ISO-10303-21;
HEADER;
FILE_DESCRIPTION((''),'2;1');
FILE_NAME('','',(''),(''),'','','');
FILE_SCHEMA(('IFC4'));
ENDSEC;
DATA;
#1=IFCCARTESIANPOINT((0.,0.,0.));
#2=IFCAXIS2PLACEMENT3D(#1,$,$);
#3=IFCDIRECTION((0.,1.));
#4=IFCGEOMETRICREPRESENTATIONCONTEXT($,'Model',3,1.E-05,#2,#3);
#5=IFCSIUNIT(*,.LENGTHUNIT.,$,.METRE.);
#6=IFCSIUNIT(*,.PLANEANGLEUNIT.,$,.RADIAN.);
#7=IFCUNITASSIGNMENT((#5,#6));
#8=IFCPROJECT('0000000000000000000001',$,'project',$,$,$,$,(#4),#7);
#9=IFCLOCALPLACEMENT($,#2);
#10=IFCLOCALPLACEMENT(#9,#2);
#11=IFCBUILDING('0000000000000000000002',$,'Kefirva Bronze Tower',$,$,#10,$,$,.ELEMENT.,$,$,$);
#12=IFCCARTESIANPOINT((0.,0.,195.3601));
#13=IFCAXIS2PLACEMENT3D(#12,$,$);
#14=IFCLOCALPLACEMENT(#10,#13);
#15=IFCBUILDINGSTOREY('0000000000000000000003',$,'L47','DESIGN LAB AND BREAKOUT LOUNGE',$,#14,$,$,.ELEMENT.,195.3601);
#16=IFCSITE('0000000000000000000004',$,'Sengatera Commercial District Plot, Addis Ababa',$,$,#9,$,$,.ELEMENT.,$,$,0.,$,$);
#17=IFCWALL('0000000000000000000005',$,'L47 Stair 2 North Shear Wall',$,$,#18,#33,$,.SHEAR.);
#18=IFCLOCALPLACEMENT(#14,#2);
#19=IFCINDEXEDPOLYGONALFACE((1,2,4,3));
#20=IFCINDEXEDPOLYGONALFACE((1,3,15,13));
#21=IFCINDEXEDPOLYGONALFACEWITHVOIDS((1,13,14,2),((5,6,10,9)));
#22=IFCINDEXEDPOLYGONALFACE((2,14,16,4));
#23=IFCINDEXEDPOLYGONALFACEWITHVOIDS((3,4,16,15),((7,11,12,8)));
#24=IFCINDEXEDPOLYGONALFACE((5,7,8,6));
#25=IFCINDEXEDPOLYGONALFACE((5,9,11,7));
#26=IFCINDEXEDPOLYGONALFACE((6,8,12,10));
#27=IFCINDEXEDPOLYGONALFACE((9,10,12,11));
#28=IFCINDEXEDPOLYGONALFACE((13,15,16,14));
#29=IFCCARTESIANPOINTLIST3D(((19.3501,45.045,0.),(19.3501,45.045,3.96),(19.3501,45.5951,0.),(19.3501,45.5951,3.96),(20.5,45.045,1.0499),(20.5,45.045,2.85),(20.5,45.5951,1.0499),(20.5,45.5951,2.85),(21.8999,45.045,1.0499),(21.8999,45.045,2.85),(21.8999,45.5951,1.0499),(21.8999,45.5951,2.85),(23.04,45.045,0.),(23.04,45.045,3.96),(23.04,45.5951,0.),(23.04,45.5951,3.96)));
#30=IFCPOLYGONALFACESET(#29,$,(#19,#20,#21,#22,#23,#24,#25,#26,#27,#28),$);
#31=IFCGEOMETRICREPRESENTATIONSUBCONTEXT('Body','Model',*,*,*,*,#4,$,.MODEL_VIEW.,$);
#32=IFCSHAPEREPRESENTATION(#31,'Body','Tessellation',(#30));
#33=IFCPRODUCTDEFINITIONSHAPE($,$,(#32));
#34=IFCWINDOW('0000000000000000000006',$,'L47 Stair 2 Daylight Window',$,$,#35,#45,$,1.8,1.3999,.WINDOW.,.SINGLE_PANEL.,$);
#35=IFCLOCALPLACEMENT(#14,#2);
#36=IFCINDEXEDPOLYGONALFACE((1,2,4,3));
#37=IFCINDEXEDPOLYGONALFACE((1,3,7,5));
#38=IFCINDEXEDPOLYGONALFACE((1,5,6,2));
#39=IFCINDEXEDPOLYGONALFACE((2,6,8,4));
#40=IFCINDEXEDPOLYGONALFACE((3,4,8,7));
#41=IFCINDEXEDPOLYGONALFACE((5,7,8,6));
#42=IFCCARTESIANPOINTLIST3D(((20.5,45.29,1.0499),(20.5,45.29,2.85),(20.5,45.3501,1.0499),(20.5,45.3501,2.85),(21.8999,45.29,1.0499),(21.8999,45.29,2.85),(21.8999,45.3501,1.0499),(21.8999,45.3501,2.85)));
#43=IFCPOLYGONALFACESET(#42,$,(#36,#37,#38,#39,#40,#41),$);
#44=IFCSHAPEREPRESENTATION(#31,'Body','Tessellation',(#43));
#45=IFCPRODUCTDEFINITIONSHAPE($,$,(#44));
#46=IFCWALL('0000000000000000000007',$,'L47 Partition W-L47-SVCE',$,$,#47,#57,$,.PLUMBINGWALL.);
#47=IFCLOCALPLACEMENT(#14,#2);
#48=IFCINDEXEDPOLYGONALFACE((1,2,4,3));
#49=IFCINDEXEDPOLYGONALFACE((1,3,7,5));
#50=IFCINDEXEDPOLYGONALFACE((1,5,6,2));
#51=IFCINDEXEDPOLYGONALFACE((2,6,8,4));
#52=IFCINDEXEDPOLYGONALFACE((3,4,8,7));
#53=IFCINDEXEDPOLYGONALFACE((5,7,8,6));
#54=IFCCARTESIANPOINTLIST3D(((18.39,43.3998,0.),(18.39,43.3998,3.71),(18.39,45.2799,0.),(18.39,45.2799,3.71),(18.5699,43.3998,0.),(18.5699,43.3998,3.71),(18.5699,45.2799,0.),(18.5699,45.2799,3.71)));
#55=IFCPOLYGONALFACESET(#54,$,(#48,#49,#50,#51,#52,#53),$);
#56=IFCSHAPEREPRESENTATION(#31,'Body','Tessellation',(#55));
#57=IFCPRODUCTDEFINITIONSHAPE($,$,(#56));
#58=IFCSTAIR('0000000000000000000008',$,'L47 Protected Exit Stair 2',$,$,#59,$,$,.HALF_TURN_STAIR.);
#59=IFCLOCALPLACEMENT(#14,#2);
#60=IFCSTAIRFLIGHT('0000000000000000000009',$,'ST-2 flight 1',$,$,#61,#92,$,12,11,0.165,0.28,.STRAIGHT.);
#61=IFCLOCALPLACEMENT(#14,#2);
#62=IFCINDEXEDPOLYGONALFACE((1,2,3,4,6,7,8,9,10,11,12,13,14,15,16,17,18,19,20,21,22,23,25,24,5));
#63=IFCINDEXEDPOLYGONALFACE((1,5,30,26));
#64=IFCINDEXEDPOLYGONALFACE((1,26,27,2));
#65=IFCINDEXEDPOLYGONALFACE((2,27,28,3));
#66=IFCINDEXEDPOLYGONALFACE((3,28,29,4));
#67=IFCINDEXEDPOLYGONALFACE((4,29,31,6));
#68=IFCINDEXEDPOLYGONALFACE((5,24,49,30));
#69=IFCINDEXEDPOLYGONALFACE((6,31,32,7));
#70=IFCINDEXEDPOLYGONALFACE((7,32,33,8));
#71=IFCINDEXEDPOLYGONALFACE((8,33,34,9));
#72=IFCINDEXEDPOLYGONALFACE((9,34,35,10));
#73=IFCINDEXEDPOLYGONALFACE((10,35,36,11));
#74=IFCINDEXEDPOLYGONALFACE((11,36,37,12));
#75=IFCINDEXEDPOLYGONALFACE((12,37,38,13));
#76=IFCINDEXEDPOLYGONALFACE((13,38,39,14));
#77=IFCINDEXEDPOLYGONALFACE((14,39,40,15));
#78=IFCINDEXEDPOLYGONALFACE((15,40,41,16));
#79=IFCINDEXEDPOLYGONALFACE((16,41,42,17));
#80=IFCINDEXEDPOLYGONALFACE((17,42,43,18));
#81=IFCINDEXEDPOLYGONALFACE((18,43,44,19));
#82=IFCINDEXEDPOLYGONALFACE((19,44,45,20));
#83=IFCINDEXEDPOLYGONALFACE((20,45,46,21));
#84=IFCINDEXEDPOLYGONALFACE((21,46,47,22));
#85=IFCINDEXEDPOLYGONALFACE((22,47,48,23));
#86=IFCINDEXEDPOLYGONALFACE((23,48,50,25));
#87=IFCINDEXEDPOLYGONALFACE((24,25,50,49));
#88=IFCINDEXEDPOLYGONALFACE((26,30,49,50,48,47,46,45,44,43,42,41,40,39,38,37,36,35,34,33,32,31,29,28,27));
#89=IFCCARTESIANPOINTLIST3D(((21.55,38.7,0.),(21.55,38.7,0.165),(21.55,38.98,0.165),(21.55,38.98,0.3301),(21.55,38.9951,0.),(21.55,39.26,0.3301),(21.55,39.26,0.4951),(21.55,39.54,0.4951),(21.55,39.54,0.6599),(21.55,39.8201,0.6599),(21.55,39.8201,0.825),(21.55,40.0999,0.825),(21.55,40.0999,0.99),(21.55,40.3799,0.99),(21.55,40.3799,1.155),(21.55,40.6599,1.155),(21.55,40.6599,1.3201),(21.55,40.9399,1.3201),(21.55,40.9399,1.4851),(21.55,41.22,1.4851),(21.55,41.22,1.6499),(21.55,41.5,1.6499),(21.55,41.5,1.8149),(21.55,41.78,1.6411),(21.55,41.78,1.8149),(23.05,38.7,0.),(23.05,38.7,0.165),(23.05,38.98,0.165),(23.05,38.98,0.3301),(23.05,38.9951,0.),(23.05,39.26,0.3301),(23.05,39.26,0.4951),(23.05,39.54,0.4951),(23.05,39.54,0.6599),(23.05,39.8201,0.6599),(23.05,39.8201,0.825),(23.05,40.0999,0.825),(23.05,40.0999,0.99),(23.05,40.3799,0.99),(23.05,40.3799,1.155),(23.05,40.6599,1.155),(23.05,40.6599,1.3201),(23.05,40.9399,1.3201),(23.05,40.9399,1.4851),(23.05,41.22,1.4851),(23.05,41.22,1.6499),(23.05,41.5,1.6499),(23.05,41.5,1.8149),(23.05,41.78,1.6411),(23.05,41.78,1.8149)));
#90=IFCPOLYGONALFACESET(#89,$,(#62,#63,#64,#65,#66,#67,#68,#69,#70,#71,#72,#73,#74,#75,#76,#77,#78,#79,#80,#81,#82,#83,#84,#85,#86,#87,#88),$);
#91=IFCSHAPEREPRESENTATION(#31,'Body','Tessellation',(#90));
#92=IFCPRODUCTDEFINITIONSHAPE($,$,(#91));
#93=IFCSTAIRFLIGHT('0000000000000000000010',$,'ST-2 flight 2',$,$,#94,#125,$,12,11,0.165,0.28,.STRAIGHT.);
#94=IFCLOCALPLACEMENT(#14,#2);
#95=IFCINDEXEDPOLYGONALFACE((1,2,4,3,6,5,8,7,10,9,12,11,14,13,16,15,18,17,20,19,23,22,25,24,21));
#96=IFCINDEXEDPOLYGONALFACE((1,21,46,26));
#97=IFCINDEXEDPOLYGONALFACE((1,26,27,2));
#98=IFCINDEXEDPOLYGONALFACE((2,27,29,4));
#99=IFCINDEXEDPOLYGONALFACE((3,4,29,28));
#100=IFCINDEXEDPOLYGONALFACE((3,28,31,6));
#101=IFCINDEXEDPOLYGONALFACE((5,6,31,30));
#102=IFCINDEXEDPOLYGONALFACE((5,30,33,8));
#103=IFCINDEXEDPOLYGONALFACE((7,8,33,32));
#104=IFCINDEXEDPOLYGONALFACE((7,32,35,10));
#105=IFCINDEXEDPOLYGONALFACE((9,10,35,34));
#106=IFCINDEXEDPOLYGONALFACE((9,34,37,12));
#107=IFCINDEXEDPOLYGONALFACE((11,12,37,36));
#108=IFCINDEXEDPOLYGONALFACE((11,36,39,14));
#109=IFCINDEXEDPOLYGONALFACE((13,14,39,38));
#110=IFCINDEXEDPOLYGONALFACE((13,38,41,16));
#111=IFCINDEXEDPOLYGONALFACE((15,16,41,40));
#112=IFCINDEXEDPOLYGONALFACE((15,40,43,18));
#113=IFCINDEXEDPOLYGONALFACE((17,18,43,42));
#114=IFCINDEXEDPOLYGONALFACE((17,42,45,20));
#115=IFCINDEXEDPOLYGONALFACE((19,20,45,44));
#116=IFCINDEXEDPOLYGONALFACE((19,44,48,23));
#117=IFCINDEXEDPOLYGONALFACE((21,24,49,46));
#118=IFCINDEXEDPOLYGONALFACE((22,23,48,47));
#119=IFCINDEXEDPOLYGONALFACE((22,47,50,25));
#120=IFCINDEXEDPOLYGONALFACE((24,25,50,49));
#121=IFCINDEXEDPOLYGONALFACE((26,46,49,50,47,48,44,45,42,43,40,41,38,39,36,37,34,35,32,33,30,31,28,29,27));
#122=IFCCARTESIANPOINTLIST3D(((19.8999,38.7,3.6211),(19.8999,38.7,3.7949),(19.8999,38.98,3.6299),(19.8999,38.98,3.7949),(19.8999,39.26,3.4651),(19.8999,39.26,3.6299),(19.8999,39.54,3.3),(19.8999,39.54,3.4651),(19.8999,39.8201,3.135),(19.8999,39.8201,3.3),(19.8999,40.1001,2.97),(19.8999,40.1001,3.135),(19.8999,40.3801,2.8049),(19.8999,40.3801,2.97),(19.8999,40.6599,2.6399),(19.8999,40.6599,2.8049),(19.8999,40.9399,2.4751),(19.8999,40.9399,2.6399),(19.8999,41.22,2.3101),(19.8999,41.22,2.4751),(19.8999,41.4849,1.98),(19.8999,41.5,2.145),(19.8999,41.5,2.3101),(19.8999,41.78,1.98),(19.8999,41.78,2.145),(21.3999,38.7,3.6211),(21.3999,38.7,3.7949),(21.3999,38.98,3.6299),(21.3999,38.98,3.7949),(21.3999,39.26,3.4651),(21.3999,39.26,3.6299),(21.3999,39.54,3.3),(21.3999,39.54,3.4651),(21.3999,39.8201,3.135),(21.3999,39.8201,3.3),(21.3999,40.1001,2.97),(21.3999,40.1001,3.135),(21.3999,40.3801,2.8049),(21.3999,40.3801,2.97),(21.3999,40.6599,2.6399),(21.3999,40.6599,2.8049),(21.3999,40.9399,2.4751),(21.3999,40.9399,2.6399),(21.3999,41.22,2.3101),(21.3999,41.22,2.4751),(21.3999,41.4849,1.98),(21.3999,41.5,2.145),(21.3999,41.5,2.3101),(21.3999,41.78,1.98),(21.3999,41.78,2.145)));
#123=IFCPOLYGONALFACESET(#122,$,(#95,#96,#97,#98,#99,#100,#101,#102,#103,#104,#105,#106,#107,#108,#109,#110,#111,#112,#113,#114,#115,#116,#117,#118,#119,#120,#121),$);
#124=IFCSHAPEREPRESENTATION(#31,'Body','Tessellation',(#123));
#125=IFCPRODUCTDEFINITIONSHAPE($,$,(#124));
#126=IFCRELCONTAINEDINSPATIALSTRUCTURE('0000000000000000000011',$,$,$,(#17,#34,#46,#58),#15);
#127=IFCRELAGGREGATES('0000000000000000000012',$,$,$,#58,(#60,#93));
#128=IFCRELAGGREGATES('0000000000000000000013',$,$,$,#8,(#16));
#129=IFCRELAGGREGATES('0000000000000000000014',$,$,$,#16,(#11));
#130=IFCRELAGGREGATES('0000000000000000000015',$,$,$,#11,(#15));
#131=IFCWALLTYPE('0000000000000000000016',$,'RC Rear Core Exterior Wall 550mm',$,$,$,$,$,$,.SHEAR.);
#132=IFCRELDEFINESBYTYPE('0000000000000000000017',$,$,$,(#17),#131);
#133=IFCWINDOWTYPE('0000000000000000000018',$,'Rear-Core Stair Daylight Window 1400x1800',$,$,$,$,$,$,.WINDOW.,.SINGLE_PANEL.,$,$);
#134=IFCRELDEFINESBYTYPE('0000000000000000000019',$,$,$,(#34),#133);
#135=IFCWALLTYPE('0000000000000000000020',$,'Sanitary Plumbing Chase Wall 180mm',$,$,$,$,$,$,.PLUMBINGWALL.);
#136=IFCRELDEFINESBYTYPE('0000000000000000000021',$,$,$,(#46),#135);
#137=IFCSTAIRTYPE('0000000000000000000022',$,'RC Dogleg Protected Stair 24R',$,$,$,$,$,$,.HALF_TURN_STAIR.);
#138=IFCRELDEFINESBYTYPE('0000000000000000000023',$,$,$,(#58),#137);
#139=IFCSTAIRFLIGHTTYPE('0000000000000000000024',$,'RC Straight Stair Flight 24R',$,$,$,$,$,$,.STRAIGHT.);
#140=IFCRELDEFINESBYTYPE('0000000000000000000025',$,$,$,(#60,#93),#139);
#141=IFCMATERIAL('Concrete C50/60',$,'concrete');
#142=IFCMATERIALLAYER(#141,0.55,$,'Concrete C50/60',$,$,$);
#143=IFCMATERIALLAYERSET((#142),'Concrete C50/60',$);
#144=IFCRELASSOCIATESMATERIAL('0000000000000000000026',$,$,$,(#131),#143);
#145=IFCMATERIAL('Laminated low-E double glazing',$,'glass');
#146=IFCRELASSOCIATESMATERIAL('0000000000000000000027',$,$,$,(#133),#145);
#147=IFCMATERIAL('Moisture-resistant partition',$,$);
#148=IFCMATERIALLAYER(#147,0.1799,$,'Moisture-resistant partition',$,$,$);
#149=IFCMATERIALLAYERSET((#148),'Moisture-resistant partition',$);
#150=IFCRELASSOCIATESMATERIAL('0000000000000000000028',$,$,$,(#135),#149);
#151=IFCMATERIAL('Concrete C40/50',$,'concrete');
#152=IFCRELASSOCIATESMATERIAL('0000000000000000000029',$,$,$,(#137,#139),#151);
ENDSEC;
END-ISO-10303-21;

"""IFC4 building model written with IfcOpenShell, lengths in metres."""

from ifc_helpers import new_model, si_unit, direction, frame, frame_2d, origin, place, context, subcontext, project, spatial, polyline, rectangle, outline, extrude, material, layer, layer_set, type_object, element, fill, aggregate, save


model = new_model("IFC4")

# Units and contexts
model_context = context("Model", 3, precision=1e-05, world=origin(), true_north=direction((0.0, 1.0)))
body_context = subcontext(model_context, "Body", "Model", "MODEL_VIEW")
ifc_project = project(units=[si_unit("LENGTHUNIT", "METRE"), si_unit("PLANEANGLEUNIT", "RADIAN")], contexts=[model_context])

# Site, building, storey
site_placement = place(None, origin())
site = spatial("IfcSite", under=ifc_project, at=site_placement, Name="Sengatera Commercial District Plot, Addis Ababa", CompositionType="ELEMENT", RefElevation=0.0)
building_placement = place(site_placement, origin())
building = spatial("IfcBuilding", under=site, at=building_placement, Name="Kefirva Bronze Tower", CompositionType="ELEMENT")
storey_placement = place(building_placement, frame((0.0, 0.0, 195.3601)))
storey = spatial("IfcBuildingStorey", under=building, at=storey_placement, Name="L47", Description="DESIGN LAB AND BREAKOUT LOUNGE", CompositionType="ELEMENT", Elevation=195.3601)

# Shared definitions
ifc_material_1 = material(Name="Concrete C50/60", Category="concrete")

# Shared definitions
ifc_material_2 = material(Name="Laminated low-E double glazing", Category="glass")

# Wall, opening, window
ifc_layer_1 = layer(ifc_material_1, 0.55, Name="Concrete C50/60")
ifc_layer_set_1 = layer_set([ifc_layer_1], Name="Concrete C50/60")
wall_type_1 = type_object("IfcWallType", Name="RC Rear Core Exterior Wall 550mm", PredefinedType="SHEAR", material=ifc_layer_set_1)
wall_1_placement = place(storey_placement, frame((19.3501, 45.3201, 0.0), z_axis=(0.0, 0.0, 1.0), x_axis=(1.0, 0.0, 0.0)))
wall_1 = element("IfcWall", 1, at=wall_1_placement, inside=storey, type_object=wall_type_1, Name="L47 Stair 2 North Shear Wall", PredefinedType="SHEAR", context=body_context, shape_type="SweptSolid", body=[
    extrude(rectangle(XDim=3.6899, YDim=0.55, at=frame_2d((1.845, 0.0))), origin(), (0.0, 0.0, 1.0), 3.96),
])
opening_placement = place(wall_1_placement, frame((1.1499, 0.0, 1.05)))
opening = element("IfcOpeningElement", 2, at=opening_placement, cuts=wall_1, PredefinedType="OPENING", context=body_context, shape_type="SweptSolid", body=[
    extrude(rectangle(XDim=1.3999, YDim=1.8, at=frame_2d((0.7, 0.8999))), frame((0.0, 0.2852, 0.0), z_axis=(0.0, -1.0, 0.0), x_axis=(1.0, 0.0, 0.0)), (0.0, 0.0, 1.0), 0.5701),
])
window_type = type_object("IfcWindowType", Name="Rear-Core Stair Daylight Window 1400x1800", PartitioningType="SINGLE_PANEL", PredefinedType="WINDOW", material=ifc_material_2)
window_placement = place(opening_placement, origin())
window = element("IfcWindow", 3, at=window_placement, inside=storey, type_object=window_type, Name="L47 Stair 2 Daylight Window", OverallHeight=1.8, OverallWidth=1.3999, PartitioningType="SINGLE_PANEL", PredefinedType="WINDOW", context=body_context, shape_type="SweptSolid", body=[
    extrude(rectangle(XDim=1.3999, YDim=1.8, at=frame_2d((0.7, 0.8999))), frame((0.0, 0.03, 0.0), z_axis=(0.0, -1.0, 0.0), x_axis=(1.0, 0.0, 0.0)), (0.0, 0.0, 1.0), 0.0601),
])
fill(opening, window)

# Wall
ifc_material_3 = material(Name="Moisture-resistant partition")
ifc_layer_2 = layer(ifc_material_3, 0.1799, Name="Moisture-resistant partition")
ifc_layer_set_2 = layer_set([ifc_layer_2], Name="Moisture-resistant partition")
wall_type_2 = type_object("IfcWallType", Name="Sanitary Plumbing Chase Wall 180mm", PredefinedType="PLUMBINGWALL", material=ifc_layer_set_2)
wall_2_placement = place(storey_placement, frame((18.48, 43.3999, 0.0), z_axis=(0.0, 0.0, 1.0), x_axis=(0.0, 1.0, 0.0)))
element("IfcWall", 4, at=wall_2_placement, inside=storey, type_object=wall_type_2, Name="L47 Partition W-L47-SVCE", PredefinedType="PLUMBINGWALL", context=body_context, shape_type="SweptSolid", body=[
    extrude(rectangle(XDim=1.8801, YDim=0.1799, at=frame_2d((0.9399, 0.0))), origin(), (0.0, 0.0, 1.0), 3.71),
])

# Stair, stair flights
ifc_material_4 = material(Name="Concrete C40/50", Category="concrete")
stair_type = type_object("IfcStairType", Name="RC Dogleg Protected Stair 24R", PredefinedType="HALF_TURN_STAIR", material=ifc_material_4)
stair_placement = place(storey_placement, origin())
stair = element("IfcStair", 5, at=stair_placement, inside=storey, type_object=stair_type, Name="L47 Protected Exit Stair 2", PredefinedType="HALF_TURN_STAIR")
stair_flight_type = type_object("IfcStairFlightType", Name="RC Straight Stair Flight 24R", PredefinedType="STRAIGHT", material=ifc_material_4)
stair_flight_1_placement = place(storey_placement, frame((22.3, 38.7, 0.0), z_axis=(0.0, 0.0, 1.0), x_axis=(0.0, 1.0, 0.0)))
stair_flight_1 = element("IfcStairFlight", 6, at=stair_flight_1_placement, type_object=stair_flight_type, Name="ST-2 flight 1", NumberOfRisers=12, NumberOfTreads=11, PredefinedType="STRAIGHT", RiserHeight=0.165, TreadLength=0.28, context=body_context, shape_type="SweptSolid", body=[
    extrude(outline(polyline([(0.0, 0.0), (0.0, 0.165), (0.28, 0.165), (0.28, 0.3301), (0.5601, 0.3301), (0.5601, 0.4951), (0.8401, 0.4951), (0.8401, 0.6599), (1.1201, 0.6599), (1.1201, 0.825), (1.3999, 0.825), (1.3999, 0.99), (1.6799, 0.99), (1.6799, 1.155), (1.96, 1.155), (1.96, 1.3201), (2.24, 1.3201), (2.24, 1.4851), (2.52, 1.4851), (2.52, 1.6499), (2.8, 1.6499), (2.8, 1.8149), (3.0801, 1.8149), (3.0801, 1.98), (3.0801, 1.6411), (0.2952, 0.0), (0.0, 0.0)])), frame((0.0, 0.75, 0.0), z_axis=(0.0, -1.0, 0.0), x_axis=(1.0, 0.0, 0.0)), (0.0, 0.0, 1.0), 1.5),
])
stair_flight_2_placement = place(storey_placement, frame((20.6499, 41.78, 1.98), z_axis=(0.0, 0.0, 1.0), x_axis=(0.0, -1.0, 0.0)))
stair_flight_2 = element("IfcStairFlight", 7, at=stair_flight_2_placement, type_object=stair_flight_type, Name="ST-2 flight 2", NumberOfRisers=12, NumberOfTreads=11, PredefinedType="STRAIGHT", RiserHeight=0.165, TreadLength=0.28, context=body_context, shape_type="SweptSolid", body=[
    extrude(outline(polyline([(0.0, 0.0), (0.0, 0.165), (0.28, 0.165), (0.28, 0.3301), (0.5601, 0.3301), (0.5601, 0.4951), (0.8401, 0.4951), (0.8401, 0.6599), (1.1201, 0.6599), (1.1201, 0.825), (1.3999, 0.825), (1.3999, 0.99), (1.6799, 0.99), (1.6799, 1.155), (1.96, 1.155), (1.96, 1.3201), (2.24, 1.3201), (2.24, 1.4851), (2.52, 1.4851), (2.52, 1.6499), (2.8, 1.6499), (2.8, 1.8149), (3.0801, 1.8149), (3.0801, 1.98), (3.0801, 1.6411), (0.2952, 0.0), (0.0, 0.0)])), frame((0.0, 0.75, 0.0), z_axis=(0.0, -1.0, 0.0), x_axis=(1.0, 0.0, 0.0)), (0.0, 0.0, 1.0), 1.5),
])
aggregate(stair, [stair_flight_1, stair_flight_2])

save(model, "model.ifc")
